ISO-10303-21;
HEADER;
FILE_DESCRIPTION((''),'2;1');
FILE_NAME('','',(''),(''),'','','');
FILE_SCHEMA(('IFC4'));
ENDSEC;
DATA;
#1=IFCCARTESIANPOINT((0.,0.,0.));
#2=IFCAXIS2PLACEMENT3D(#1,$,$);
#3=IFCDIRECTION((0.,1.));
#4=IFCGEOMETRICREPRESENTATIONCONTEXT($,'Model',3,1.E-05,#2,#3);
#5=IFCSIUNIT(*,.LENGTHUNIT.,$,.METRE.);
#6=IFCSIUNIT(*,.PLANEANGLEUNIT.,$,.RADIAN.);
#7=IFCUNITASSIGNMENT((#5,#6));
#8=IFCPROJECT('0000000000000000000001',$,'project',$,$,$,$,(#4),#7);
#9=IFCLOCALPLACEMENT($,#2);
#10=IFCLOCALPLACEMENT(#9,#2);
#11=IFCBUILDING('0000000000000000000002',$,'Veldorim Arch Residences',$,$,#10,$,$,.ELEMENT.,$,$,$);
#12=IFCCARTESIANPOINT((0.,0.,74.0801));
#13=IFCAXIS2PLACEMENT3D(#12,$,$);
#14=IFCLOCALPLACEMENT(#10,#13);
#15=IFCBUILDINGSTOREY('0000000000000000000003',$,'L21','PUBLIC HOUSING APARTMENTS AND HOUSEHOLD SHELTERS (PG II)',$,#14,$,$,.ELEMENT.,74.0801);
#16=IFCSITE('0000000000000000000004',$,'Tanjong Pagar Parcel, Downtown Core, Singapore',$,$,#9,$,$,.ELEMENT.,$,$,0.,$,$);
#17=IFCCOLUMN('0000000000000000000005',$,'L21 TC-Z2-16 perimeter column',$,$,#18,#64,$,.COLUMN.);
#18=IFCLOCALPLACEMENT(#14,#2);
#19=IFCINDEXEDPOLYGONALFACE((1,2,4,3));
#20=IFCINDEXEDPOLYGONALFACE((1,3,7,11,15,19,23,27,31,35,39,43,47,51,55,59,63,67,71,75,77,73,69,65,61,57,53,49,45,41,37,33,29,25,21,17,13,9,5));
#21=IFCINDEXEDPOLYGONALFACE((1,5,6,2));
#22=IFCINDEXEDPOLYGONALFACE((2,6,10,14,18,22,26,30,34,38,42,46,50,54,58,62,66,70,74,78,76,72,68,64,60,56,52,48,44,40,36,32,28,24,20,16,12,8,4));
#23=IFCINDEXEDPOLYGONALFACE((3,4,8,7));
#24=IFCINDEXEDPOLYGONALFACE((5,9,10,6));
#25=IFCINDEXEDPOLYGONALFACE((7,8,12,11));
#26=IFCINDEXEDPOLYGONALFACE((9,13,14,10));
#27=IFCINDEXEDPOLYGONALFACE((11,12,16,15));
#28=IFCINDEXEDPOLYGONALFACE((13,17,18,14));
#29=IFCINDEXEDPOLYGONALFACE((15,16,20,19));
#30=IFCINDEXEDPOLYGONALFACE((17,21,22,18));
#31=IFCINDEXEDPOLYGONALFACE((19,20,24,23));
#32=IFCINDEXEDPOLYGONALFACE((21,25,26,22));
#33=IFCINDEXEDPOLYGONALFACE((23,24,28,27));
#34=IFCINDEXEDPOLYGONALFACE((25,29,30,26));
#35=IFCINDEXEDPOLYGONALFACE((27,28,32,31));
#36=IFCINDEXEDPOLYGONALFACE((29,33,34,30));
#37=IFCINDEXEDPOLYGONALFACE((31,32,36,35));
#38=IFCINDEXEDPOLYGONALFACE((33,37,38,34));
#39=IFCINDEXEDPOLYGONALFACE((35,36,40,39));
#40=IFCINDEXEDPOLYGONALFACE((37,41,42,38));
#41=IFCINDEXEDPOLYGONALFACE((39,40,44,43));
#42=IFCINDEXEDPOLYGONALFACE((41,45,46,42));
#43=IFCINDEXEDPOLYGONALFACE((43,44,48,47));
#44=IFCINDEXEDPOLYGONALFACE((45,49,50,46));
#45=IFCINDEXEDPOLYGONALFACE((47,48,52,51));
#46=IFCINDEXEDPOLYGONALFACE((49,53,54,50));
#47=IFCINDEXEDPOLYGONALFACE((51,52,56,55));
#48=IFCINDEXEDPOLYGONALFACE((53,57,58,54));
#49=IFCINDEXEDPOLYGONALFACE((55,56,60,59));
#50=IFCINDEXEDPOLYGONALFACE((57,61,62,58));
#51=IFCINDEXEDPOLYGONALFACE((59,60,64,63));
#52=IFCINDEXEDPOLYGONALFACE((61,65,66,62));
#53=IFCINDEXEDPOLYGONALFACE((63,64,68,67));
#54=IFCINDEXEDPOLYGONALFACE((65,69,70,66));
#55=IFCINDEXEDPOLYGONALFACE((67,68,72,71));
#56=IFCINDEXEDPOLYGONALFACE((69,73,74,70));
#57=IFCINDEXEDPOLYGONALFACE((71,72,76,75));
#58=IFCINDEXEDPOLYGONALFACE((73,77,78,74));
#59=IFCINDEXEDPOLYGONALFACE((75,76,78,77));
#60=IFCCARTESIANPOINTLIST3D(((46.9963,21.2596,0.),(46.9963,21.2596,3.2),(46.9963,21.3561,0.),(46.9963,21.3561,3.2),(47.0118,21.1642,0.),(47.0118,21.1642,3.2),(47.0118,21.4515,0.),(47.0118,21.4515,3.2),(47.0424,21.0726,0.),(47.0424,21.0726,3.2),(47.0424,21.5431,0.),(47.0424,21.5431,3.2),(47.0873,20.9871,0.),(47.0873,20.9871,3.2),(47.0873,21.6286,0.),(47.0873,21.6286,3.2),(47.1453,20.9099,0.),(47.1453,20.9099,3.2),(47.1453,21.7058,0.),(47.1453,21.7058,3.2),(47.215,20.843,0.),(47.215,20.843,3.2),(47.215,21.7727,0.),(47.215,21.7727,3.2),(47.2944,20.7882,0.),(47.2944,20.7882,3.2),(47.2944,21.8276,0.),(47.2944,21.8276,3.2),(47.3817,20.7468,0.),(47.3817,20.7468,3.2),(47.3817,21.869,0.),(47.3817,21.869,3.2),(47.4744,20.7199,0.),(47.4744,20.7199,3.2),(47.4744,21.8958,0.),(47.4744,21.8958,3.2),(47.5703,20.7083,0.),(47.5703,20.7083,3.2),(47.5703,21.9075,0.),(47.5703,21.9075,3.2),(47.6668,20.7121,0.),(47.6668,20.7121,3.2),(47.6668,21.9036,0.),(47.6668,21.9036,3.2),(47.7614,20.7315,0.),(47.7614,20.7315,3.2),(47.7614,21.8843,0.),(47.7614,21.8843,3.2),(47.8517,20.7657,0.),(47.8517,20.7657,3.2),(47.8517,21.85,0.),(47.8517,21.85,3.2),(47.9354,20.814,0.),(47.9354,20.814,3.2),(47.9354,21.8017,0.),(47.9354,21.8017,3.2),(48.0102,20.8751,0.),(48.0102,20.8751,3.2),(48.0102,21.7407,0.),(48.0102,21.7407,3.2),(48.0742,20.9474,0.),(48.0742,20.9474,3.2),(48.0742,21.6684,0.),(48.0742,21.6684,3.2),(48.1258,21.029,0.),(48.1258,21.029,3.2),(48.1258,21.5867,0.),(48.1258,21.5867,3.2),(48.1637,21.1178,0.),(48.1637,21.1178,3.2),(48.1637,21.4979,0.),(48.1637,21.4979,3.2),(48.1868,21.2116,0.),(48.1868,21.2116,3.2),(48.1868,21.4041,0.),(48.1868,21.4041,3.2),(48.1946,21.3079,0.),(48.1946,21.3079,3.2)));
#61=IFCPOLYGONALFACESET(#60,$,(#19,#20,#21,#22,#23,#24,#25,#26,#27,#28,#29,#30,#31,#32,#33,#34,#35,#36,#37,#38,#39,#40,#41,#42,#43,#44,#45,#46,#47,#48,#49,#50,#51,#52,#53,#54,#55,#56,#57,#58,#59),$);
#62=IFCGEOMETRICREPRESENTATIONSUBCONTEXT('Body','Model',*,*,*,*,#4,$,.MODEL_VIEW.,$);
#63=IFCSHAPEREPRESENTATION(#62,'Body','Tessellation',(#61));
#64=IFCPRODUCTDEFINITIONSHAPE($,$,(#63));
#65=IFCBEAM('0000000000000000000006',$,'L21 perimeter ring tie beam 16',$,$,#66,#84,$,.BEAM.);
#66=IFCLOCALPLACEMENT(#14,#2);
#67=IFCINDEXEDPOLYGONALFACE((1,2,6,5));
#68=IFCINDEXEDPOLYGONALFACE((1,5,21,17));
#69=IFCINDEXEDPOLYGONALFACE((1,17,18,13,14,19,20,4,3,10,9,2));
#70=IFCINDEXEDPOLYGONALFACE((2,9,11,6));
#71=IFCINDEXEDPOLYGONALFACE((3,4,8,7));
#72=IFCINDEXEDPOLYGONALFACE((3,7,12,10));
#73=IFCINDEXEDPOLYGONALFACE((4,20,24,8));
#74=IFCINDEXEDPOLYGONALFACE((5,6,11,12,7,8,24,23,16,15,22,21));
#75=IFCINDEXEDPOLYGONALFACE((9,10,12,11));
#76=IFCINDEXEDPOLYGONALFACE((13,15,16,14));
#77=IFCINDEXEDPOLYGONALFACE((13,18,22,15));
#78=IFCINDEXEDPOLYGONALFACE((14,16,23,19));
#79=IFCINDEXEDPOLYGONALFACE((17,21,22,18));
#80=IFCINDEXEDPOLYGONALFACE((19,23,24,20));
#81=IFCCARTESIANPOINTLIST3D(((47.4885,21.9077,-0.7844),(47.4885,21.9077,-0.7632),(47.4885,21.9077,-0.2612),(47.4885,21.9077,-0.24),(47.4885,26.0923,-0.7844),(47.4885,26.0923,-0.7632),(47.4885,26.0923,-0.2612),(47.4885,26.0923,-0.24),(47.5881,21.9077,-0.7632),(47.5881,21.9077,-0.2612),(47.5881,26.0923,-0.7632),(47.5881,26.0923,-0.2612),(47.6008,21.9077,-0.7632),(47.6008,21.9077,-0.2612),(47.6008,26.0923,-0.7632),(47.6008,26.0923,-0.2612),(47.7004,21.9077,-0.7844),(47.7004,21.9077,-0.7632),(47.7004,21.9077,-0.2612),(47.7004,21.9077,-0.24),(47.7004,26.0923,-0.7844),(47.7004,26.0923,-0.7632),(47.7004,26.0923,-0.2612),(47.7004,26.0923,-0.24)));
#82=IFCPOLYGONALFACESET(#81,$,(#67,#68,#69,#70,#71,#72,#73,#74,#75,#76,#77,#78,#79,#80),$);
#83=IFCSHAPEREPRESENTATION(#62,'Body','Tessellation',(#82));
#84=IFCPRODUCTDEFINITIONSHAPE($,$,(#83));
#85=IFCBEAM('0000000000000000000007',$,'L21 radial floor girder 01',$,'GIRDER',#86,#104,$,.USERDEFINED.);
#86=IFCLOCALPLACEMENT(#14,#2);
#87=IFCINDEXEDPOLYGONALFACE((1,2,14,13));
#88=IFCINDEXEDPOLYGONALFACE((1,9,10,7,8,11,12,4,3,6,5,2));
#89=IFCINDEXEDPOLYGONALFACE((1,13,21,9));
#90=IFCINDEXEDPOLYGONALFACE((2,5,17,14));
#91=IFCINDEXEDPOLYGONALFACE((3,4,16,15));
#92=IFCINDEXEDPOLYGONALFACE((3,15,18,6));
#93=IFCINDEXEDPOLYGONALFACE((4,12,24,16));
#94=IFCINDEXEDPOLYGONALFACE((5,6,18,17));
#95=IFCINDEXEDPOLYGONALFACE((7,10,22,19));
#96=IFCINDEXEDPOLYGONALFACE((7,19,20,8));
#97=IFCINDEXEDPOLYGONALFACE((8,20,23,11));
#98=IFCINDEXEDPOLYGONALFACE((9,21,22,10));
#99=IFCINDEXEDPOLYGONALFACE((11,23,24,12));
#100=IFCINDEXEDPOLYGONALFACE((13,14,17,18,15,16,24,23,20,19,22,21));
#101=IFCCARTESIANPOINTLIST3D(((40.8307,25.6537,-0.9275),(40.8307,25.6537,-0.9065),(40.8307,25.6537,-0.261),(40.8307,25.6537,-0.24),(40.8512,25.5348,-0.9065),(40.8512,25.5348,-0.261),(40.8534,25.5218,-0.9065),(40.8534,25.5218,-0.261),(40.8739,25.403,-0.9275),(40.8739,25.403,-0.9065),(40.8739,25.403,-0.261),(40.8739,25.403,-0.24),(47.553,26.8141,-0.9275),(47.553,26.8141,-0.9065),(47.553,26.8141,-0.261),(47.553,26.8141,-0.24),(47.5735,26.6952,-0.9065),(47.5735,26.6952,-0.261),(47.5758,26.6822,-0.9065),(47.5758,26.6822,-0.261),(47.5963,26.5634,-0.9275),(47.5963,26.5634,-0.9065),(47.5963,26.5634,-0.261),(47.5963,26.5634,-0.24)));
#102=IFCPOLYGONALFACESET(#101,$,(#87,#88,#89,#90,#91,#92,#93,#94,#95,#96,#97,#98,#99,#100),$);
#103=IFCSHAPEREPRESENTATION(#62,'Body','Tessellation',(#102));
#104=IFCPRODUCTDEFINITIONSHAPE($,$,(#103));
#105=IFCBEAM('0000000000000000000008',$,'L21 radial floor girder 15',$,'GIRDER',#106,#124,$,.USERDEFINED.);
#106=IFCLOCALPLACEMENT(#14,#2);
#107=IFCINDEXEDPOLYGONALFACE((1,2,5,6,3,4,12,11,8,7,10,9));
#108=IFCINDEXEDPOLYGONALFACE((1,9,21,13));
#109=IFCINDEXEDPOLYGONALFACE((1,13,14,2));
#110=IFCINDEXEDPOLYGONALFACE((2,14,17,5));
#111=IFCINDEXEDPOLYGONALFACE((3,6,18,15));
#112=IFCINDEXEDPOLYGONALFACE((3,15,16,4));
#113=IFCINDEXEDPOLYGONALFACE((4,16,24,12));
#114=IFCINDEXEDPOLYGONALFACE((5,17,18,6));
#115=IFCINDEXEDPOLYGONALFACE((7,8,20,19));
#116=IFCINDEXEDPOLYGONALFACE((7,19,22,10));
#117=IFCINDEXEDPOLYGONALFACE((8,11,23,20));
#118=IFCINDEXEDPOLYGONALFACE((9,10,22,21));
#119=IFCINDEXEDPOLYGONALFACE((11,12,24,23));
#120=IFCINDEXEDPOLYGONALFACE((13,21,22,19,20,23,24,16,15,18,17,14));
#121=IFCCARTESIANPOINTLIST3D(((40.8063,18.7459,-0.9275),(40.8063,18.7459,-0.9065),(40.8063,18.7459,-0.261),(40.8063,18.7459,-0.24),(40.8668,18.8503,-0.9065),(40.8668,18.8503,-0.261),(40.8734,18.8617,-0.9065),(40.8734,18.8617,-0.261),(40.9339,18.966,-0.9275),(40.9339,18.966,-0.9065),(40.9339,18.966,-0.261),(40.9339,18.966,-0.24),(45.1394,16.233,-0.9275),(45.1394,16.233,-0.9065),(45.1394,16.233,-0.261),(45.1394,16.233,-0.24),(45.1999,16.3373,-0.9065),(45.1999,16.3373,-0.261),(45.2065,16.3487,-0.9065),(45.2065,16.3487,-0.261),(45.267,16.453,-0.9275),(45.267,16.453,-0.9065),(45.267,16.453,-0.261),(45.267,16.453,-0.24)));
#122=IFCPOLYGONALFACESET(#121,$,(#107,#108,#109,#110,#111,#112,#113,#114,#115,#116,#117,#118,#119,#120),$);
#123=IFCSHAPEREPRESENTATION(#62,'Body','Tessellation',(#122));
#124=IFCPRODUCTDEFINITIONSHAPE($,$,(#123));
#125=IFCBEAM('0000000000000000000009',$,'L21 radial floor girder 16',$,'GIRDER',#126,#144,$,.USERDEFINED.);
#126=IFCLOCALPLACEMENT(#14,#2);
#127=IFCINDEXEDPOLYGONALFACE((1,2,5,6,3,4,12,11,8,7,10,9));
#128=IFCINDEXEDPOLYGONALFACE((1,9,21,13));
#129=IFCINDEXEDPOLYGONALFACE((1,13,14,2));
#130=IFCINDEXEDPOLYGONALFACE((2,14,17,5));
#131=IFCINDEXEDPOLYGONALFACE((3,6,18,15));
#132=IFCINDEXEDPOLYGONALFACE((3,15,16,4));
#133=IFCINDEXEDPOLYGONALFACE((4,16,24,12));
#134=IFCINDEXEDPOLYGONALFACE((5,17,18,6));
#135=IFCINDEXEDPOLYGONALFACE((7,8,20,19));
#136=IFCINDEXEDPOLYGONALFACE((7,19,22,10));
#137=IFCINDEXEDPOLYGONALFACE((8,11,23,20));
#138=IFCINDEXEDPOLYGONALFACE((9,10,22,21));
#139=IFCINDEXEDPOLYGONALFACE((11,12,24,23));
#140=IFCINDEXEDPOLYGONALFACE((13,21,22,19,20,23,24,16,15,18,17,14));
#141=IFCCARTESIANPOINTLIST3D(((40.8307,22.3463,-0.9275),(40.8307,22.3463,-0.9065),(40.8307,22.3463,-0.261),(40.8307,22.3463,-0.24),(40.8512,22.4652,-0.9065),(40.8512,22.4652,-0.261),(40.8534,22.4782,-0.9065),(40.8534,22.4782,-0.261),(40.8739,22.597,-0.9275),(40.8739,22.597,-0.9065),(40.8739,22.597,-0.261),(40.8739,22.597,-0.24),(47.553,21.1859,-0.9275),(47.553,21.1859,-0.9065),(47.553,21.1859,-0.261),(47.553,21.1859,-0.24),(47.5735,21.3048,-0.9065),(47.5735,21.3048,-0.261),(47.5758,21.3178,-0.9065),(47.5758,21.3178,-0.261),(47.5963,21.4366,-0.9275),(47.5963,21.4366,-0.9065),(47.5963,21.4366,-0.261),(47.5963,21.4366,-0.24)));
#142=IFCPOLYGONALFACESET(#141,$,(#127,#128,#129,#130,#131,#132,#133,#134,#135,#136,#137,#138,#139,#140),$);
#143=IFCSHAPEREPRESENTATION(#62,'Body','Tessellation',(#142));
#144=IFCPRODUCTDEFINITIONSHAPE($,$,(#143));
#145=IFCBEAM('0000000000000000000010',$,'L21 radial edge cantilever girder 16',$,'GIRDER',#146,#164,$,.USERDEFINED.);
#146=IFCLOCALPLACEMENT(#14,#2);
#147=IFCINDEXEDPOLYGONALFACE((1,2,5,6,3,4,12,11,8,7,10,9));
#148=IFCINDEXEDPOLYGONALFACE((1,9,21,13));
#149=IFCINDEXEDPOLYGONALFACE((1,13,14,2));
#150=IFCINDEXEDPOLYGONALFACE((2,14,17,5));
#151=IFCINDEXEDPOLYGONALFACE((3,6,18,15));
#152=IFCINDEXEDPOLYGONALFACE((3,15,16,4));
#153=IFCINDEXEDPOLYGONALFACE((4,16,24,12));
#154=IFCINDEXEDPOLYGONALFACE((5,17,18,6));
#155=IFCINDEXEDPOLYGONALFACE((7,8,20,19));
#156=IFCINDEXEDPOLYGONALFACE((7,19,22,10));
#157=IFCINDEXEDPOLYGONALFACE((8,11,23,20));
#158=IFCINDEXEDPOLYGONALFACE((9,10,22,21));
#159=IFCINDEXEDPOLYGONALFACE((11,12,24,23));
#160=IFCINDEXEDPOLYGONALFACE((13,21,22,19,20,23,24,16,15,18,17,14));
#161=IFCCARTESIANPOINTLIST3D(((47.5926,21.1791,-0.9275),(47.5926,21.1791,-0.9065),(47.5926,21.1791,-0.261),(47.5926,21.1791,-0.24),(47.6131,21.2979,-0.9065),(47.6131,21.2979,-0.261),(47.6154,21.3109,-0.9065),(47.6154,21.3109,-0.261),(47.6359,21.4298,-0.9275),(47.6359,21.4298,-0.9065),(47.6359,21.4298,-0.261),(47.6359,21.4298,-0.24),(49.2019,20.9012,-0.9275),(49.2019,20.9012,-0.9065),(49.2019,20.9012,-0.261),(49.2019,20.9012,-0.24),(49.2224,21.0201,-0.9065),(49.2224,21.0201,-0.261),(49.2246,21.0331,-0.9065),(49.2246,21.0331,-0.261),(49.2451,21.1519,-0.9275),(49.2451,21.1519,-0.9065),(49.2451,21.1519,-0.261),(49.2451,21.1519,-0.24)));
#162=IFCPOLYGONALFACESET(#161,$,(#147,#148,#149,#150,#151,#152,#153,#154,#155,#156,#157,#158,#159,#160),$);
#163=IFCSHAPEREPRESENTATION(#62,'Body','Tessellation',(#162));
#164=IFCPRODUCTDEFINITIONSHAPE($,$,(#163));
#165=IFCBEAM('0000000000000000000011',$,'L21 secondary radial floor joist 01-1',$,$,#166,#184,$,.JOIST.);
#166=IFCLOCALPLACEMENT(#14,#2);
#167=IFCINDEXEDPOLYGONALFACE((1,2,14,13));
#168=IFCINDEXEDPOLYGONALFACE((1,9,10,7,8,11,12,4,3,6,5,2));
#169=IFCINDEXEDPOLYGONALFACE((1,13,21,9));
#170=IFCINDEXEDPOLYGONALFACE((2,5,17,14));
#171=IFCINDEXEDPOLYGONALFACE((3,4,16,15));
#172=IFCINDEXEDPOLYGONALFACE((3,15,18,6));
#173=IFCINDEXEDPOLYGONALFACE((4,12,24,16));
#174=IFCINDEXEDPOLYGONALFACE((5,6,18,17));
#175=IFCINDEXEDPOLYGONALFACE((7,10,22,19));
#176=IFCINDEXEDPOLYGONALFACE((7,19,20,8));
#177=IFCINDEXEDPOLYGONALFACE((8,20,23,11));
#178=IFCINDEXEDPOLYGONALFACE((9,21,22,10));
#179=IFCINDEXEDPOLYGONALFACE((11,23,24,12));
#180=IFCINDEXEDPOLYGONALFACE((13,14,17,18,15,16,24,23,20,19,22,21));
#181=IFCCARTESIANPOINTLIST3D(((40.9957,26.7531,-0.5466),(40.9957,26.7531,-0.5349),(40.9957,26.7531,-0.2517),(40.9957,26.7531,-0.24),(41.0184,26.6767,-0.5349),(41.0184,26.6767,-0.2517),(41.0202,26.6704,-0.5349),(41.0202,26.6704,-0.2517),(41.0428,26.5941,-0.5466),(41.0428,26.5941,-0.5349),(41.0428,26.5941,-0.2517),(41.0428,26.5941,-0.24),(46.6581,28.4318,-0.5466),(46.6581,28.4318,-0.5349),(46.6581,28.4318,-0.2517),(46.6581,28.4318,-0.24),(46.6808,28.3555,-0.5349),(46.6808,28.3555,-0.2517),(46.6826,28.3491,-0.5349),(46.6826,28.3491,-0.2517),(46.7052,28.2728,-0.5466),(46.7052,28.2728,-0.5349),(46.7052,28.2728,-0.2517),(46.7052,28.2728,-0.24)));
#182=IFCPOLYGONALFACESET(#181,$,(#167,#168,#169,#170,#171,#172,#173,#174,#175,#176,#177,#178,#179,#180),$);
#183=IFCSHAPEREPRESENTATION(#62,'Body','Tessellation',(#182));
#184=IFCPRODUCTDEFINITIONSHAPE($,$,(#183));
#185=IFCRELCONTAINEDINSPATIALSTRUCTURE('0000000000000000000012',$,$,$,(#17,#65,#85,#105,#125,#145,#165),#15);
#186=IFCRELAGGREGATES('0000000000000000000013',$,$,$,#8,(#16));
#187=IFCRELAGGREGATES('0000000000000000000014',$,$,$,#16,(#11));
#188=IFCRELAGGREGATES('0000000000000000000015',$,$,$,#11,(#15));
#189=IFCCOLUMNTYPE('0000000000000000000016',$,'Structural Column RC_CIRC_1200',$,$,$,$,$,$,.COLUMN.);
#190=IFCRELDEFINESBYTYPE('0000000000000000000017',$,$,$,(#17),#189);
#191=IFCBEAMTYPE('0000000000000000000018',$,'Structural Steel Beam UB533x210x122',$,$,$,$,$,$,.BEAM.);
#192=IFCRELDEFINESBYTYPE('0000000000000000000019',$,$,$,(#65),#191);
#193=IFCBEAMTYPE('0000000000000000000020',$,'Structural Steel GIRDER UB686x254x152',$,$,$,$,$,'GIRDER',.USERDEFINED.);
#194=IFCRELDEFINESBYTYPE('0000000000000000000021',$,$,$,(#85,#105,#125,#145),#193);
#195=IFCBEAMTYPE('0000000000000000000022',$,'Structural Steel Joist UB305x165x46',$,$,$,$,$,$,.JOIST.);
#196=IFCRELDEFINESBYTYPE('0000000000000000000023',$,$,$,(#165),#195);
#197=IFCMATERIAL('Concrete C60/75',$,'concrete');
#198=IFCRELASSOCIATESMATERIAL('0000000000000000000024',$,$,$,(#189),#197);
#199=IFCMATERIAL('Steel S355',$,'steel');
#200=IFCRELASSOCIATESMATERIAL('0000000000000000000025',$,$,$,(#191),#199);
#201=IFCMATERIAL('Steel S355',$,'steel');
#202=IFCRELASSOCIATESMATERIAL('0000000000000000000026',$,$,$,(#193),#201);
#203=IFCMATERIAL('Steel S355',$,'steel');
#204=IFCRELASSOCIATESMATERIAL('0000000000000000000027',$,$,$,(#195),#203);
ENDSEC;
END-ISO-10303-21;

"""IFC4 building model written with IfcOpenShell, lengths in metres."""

from ifc_helpers import new_model, si_unit, direction, frame, origin, origin_2d, place, context, subcontext, project, spatial, circle, i_section, extrude, material, material_profile, profile_set, type_object, element, save


model = new_model("IFC4")

# Units and contexts
model_context = context("Model", 3, precision=1e-05, world=origin(), true_north=direction((0.0, 1.0)))
body_context = subcontext(model_context, "Body", "Model", "MODEL_VIEW")
ifc_project = project(units=[si_unit("LENGTHUNIT", "METRE"), si_unit("PLANEANGLEUNIT", "RADIAN")], contexts=[model_context])

# Site, building, storey
site_placement = place(None, origin())
site = spatial("IfcSite", under=ifc_project, at=site_placement, Name="Tanjong Pagar Parcel, Downtown Core, Singapore", CompositionType="ELEMENT", RefElevation=0.0)
building_placement = place(site_placement, origin())
building = spatial("IfcBuilding", under=site, at=building_placement, Name="Veldorim Arch Residences", CompositionType="ELEMENT")
storey_placement = place(building_placement, frame((0.0, 0.0, 74.0801)))
storey = spatial("IfcBuildingStorey", under=building, at=storey_placement, Name="L21", Description="PUBLIC HOUSING APARTMENTS AND HOUSEHOLD SHELTERS (PG II)", CompositionType="ELEMENT", Elevation=74.0801)

# Column
ifc_material_1 = material(Name="Concrete C60/75", Category="concrete")
ifc_material_profile_1 = material_profile(ifc_material_1, circle(Radius=0.6001, at=origin_2d()), Name="RC_CIRC_1200")
ifc_profile_set_1 = profile_set([ifc_material_profile_1], Name="Concrete C60/75")
column_type = type_object("IfcColumnType", Name="Structural Column RC_CIRC_1200", PredefinedType="COLUMN", material=ifc_profile_set_1)
column_placement = place(storey_placement, frame((47.5945, 21.3079, 0.0), z_axis=(0.0, 0.0, 1.0), x_axis=(1.0, 0.0, 0.0)))
element("IfcColumn", 1, at=column_placement, inside=storey, type_object=column_type, Name="L21 TC-Z2-16 perimeter column", PredefinedType="COLUMN", context=body_context, shape_type="SweptSolid", body=[
    extrude(circle(Radius=0.6001, at=origin_2d()), origin(), (0.0, 0.0, 1.0), 3.2),
])

# Beams
ifc_material_2 = material(Name="Steel S355", Category="steel")
ifc_material_profile_2 = material_profile(ifc_material_2, i_section(OverallWidth=0.2119, OverallDepth=0.5444, WebThickness=0.0127, FlangeThickness=0.0212, at=origin_2d()), Name="UB533x210x122")
ifc_profile_set_2 = profile_set([ifc_material_profile_2], Name="Steel S355")
beam_type_1 = type_object("IfcBeamType", Name="Structural Steel Beam UB533x210x122", PredefinedType="BEAM", material=ifc_profile_set_2)
beam_1_placement = place(storey_placement, frame((47.5945, 21.9077, -0.5122), z_axis=(0.0, 1.0, 0.0), x_axis=(-1.0, 0.0, 0.0)))
element("IfcBeam", 2, at=beam_1_placement, inside=storey, type_object=beam_type_1, Name="L21 perimeter ring tie beam 16", PredefinedType="BEAM", context=body_context, shape_type="SweptSolid", body=[
    extrude(i_section(OverallWidth=0.2119, OverallDepth=0.5444, WebThickness=0.0127, FlangeThickness=0.0212, at=origin_2d()), origin(), (0.0, 0.0, 1.0), 4.1846),
])
ifc_material_3 = material(Name="Steel S355", Category="steel")
ifc_material_profile_3 = material_profile(ifc_material_3, i_section(OverallWidth=0.2544, OverallDepth=0.6875, WebThickness=0.0132, FlangeThickness=0.021, at=origin_2d()), Name="UB686x254x152")
ifc_profile_set_3 = profile_set([ifc_material_profile_3], Name="Steel S355")
beam_type_2 = type_object("IfcBeamType", Name="Structural Steel GIRDER UB686x254x152", ElementType="GIRDER", PredefinedType="USERDEFINED", material=ifc_profile_set_3)
beam_2_placement = place(storey_placement, frame((40.8523, 25.5283, -0.5837), z_axis=(0.985427, 0.170101, 0.0), x_axis=(-0.170101, 0.985427, 0.0)))
element("IfcBeam", 3, at=beam_2_placement, inside=storey, type_object=beam_type_2, Name="L21 radial floor girder 01", ObjectType="GIRDER", PredefinedType="USERDEFINED", context=body_context, shape_type="SweptSolid", body=[
    extrude(i_section(OverallWidth=0.2544, OverallDepth=0.6875, WebThickness=0.0132, FlangeThickness=0.021, at=origin_2d()), origin(), (0.0, 0.0, 1.0), 6.8218),
])
beam_3_placement = place(storey_placement, frame((40.8701, 18.856, -0.5837), z_axis=(0.865049, -0.501687, 0.0), x_axis=(0.501687, 0.865049, 0.0)))
element("IfcBeam", 4, at=beam_3_placement, inside=storey, type_object=beam_type_2, Name="L21 radial floor girder 15", ObjectType="GIRDER", PredefinedType="USERDEFINED", context=body_context, shape_type="SweptSolid", body=[
    extrude(i_section(OverallWidth=0.2544, OverallDepth=0.6875, WebThickness=0.0132, FlangeThickness=0.021, at=origin_2d()), origin(), (0.0, 0.0, 1.0), 5.009),
])
beam_4_placement = place(storey_placement, frame((40.8523, 22.4717, -0.5837), z_axis=(0.985427, -0.170101, 0.0), x_axis=(0.170101, 0.985427, 0.0)))
element("IfcBeam", 5, at=beam_4_placement, inside=storey, type_object=beam_type_2, Name="L21 radial floor girder 16", ObjectType="GIRDER", PredefinedType="USERDEFINED", context=body_context, shape_type="SweptSolid", body=[
    extrude(i_section(OverallWidth=0.2544, OverallDepth=0.6875, WebThickness=0.0132, FlangeThickness=0.021, at=origin_2d()), origin(), (0.0, 0.0, 1.0), 6.8218),
])
beam_5_placement = place(storey_placement, frame((47.6143, 21.3044, -0.5837), z_axis=(0.98542, -0.170142, 0.0), x_axis=(0.170142, 0.98542, 0.0)))
element("IfcBeam", 6, at=beam_5_placement, inside=storey, type_object=beam_type_2, Name="L21 radial edge cantilever girder 16", ObjectType="GIRDER", PredefinedType="USERDEFINED", context=body_context, shape_type="SweptSolid", body=[
    extrude(i_section(OverallWidth=0.2544, OverallDepth=0.6875, WebThickness=0.0132, FlangeThickness=0.021, at=origin_2d()), origin(), (0.0, 0.0, 1.0), 1.6331),
])
ifc_material_4 = material(Name="Steel S355", Category="steel")
ifc_material_profile_4 = material_profile(ifc_material_4, i_section(OverallWidth=0.1658, OverallDepth=0.3066, WebThickness=0.0066, FlangeThickness=0.0117, at=origin_2d()), Name="UB305x165x46")
ifc_profile_set_4 = profile_set([ifc_material_profile_4], Name="Steel S355")
beam_type_3 = type_object("IfcBeamType", Name="Structural Steel Joist UB305x165x46", PredefinedType="JOIST", material=ifc_profile_set_4)
beam_6_placement = place(storey_placement, frame((41.0193, 26.6736, -0.3933), z_axis=(0.958753, 0.28424, 0.0), x_axis=(-0.28424, 0.958753, 0.0)))
element("IfcBeam", 7, at=beam_6_placement, inside=storey, type_object=beam_type_3, Name="L21 secondary radial floor joist 01-1", PredefinedType="JOIST", context=body_context, shape_type="SweptSolid", body=[
    extrude(i_section(OverallWidth=0.1658, OverallDepth=0.3066, WebThickness=0.0066, FlangeThickness=0.0117, at=origin_2d()), origin(), (0.0, 0.0, 1.0), 5.906),
])

save(model, "model.ifc")
